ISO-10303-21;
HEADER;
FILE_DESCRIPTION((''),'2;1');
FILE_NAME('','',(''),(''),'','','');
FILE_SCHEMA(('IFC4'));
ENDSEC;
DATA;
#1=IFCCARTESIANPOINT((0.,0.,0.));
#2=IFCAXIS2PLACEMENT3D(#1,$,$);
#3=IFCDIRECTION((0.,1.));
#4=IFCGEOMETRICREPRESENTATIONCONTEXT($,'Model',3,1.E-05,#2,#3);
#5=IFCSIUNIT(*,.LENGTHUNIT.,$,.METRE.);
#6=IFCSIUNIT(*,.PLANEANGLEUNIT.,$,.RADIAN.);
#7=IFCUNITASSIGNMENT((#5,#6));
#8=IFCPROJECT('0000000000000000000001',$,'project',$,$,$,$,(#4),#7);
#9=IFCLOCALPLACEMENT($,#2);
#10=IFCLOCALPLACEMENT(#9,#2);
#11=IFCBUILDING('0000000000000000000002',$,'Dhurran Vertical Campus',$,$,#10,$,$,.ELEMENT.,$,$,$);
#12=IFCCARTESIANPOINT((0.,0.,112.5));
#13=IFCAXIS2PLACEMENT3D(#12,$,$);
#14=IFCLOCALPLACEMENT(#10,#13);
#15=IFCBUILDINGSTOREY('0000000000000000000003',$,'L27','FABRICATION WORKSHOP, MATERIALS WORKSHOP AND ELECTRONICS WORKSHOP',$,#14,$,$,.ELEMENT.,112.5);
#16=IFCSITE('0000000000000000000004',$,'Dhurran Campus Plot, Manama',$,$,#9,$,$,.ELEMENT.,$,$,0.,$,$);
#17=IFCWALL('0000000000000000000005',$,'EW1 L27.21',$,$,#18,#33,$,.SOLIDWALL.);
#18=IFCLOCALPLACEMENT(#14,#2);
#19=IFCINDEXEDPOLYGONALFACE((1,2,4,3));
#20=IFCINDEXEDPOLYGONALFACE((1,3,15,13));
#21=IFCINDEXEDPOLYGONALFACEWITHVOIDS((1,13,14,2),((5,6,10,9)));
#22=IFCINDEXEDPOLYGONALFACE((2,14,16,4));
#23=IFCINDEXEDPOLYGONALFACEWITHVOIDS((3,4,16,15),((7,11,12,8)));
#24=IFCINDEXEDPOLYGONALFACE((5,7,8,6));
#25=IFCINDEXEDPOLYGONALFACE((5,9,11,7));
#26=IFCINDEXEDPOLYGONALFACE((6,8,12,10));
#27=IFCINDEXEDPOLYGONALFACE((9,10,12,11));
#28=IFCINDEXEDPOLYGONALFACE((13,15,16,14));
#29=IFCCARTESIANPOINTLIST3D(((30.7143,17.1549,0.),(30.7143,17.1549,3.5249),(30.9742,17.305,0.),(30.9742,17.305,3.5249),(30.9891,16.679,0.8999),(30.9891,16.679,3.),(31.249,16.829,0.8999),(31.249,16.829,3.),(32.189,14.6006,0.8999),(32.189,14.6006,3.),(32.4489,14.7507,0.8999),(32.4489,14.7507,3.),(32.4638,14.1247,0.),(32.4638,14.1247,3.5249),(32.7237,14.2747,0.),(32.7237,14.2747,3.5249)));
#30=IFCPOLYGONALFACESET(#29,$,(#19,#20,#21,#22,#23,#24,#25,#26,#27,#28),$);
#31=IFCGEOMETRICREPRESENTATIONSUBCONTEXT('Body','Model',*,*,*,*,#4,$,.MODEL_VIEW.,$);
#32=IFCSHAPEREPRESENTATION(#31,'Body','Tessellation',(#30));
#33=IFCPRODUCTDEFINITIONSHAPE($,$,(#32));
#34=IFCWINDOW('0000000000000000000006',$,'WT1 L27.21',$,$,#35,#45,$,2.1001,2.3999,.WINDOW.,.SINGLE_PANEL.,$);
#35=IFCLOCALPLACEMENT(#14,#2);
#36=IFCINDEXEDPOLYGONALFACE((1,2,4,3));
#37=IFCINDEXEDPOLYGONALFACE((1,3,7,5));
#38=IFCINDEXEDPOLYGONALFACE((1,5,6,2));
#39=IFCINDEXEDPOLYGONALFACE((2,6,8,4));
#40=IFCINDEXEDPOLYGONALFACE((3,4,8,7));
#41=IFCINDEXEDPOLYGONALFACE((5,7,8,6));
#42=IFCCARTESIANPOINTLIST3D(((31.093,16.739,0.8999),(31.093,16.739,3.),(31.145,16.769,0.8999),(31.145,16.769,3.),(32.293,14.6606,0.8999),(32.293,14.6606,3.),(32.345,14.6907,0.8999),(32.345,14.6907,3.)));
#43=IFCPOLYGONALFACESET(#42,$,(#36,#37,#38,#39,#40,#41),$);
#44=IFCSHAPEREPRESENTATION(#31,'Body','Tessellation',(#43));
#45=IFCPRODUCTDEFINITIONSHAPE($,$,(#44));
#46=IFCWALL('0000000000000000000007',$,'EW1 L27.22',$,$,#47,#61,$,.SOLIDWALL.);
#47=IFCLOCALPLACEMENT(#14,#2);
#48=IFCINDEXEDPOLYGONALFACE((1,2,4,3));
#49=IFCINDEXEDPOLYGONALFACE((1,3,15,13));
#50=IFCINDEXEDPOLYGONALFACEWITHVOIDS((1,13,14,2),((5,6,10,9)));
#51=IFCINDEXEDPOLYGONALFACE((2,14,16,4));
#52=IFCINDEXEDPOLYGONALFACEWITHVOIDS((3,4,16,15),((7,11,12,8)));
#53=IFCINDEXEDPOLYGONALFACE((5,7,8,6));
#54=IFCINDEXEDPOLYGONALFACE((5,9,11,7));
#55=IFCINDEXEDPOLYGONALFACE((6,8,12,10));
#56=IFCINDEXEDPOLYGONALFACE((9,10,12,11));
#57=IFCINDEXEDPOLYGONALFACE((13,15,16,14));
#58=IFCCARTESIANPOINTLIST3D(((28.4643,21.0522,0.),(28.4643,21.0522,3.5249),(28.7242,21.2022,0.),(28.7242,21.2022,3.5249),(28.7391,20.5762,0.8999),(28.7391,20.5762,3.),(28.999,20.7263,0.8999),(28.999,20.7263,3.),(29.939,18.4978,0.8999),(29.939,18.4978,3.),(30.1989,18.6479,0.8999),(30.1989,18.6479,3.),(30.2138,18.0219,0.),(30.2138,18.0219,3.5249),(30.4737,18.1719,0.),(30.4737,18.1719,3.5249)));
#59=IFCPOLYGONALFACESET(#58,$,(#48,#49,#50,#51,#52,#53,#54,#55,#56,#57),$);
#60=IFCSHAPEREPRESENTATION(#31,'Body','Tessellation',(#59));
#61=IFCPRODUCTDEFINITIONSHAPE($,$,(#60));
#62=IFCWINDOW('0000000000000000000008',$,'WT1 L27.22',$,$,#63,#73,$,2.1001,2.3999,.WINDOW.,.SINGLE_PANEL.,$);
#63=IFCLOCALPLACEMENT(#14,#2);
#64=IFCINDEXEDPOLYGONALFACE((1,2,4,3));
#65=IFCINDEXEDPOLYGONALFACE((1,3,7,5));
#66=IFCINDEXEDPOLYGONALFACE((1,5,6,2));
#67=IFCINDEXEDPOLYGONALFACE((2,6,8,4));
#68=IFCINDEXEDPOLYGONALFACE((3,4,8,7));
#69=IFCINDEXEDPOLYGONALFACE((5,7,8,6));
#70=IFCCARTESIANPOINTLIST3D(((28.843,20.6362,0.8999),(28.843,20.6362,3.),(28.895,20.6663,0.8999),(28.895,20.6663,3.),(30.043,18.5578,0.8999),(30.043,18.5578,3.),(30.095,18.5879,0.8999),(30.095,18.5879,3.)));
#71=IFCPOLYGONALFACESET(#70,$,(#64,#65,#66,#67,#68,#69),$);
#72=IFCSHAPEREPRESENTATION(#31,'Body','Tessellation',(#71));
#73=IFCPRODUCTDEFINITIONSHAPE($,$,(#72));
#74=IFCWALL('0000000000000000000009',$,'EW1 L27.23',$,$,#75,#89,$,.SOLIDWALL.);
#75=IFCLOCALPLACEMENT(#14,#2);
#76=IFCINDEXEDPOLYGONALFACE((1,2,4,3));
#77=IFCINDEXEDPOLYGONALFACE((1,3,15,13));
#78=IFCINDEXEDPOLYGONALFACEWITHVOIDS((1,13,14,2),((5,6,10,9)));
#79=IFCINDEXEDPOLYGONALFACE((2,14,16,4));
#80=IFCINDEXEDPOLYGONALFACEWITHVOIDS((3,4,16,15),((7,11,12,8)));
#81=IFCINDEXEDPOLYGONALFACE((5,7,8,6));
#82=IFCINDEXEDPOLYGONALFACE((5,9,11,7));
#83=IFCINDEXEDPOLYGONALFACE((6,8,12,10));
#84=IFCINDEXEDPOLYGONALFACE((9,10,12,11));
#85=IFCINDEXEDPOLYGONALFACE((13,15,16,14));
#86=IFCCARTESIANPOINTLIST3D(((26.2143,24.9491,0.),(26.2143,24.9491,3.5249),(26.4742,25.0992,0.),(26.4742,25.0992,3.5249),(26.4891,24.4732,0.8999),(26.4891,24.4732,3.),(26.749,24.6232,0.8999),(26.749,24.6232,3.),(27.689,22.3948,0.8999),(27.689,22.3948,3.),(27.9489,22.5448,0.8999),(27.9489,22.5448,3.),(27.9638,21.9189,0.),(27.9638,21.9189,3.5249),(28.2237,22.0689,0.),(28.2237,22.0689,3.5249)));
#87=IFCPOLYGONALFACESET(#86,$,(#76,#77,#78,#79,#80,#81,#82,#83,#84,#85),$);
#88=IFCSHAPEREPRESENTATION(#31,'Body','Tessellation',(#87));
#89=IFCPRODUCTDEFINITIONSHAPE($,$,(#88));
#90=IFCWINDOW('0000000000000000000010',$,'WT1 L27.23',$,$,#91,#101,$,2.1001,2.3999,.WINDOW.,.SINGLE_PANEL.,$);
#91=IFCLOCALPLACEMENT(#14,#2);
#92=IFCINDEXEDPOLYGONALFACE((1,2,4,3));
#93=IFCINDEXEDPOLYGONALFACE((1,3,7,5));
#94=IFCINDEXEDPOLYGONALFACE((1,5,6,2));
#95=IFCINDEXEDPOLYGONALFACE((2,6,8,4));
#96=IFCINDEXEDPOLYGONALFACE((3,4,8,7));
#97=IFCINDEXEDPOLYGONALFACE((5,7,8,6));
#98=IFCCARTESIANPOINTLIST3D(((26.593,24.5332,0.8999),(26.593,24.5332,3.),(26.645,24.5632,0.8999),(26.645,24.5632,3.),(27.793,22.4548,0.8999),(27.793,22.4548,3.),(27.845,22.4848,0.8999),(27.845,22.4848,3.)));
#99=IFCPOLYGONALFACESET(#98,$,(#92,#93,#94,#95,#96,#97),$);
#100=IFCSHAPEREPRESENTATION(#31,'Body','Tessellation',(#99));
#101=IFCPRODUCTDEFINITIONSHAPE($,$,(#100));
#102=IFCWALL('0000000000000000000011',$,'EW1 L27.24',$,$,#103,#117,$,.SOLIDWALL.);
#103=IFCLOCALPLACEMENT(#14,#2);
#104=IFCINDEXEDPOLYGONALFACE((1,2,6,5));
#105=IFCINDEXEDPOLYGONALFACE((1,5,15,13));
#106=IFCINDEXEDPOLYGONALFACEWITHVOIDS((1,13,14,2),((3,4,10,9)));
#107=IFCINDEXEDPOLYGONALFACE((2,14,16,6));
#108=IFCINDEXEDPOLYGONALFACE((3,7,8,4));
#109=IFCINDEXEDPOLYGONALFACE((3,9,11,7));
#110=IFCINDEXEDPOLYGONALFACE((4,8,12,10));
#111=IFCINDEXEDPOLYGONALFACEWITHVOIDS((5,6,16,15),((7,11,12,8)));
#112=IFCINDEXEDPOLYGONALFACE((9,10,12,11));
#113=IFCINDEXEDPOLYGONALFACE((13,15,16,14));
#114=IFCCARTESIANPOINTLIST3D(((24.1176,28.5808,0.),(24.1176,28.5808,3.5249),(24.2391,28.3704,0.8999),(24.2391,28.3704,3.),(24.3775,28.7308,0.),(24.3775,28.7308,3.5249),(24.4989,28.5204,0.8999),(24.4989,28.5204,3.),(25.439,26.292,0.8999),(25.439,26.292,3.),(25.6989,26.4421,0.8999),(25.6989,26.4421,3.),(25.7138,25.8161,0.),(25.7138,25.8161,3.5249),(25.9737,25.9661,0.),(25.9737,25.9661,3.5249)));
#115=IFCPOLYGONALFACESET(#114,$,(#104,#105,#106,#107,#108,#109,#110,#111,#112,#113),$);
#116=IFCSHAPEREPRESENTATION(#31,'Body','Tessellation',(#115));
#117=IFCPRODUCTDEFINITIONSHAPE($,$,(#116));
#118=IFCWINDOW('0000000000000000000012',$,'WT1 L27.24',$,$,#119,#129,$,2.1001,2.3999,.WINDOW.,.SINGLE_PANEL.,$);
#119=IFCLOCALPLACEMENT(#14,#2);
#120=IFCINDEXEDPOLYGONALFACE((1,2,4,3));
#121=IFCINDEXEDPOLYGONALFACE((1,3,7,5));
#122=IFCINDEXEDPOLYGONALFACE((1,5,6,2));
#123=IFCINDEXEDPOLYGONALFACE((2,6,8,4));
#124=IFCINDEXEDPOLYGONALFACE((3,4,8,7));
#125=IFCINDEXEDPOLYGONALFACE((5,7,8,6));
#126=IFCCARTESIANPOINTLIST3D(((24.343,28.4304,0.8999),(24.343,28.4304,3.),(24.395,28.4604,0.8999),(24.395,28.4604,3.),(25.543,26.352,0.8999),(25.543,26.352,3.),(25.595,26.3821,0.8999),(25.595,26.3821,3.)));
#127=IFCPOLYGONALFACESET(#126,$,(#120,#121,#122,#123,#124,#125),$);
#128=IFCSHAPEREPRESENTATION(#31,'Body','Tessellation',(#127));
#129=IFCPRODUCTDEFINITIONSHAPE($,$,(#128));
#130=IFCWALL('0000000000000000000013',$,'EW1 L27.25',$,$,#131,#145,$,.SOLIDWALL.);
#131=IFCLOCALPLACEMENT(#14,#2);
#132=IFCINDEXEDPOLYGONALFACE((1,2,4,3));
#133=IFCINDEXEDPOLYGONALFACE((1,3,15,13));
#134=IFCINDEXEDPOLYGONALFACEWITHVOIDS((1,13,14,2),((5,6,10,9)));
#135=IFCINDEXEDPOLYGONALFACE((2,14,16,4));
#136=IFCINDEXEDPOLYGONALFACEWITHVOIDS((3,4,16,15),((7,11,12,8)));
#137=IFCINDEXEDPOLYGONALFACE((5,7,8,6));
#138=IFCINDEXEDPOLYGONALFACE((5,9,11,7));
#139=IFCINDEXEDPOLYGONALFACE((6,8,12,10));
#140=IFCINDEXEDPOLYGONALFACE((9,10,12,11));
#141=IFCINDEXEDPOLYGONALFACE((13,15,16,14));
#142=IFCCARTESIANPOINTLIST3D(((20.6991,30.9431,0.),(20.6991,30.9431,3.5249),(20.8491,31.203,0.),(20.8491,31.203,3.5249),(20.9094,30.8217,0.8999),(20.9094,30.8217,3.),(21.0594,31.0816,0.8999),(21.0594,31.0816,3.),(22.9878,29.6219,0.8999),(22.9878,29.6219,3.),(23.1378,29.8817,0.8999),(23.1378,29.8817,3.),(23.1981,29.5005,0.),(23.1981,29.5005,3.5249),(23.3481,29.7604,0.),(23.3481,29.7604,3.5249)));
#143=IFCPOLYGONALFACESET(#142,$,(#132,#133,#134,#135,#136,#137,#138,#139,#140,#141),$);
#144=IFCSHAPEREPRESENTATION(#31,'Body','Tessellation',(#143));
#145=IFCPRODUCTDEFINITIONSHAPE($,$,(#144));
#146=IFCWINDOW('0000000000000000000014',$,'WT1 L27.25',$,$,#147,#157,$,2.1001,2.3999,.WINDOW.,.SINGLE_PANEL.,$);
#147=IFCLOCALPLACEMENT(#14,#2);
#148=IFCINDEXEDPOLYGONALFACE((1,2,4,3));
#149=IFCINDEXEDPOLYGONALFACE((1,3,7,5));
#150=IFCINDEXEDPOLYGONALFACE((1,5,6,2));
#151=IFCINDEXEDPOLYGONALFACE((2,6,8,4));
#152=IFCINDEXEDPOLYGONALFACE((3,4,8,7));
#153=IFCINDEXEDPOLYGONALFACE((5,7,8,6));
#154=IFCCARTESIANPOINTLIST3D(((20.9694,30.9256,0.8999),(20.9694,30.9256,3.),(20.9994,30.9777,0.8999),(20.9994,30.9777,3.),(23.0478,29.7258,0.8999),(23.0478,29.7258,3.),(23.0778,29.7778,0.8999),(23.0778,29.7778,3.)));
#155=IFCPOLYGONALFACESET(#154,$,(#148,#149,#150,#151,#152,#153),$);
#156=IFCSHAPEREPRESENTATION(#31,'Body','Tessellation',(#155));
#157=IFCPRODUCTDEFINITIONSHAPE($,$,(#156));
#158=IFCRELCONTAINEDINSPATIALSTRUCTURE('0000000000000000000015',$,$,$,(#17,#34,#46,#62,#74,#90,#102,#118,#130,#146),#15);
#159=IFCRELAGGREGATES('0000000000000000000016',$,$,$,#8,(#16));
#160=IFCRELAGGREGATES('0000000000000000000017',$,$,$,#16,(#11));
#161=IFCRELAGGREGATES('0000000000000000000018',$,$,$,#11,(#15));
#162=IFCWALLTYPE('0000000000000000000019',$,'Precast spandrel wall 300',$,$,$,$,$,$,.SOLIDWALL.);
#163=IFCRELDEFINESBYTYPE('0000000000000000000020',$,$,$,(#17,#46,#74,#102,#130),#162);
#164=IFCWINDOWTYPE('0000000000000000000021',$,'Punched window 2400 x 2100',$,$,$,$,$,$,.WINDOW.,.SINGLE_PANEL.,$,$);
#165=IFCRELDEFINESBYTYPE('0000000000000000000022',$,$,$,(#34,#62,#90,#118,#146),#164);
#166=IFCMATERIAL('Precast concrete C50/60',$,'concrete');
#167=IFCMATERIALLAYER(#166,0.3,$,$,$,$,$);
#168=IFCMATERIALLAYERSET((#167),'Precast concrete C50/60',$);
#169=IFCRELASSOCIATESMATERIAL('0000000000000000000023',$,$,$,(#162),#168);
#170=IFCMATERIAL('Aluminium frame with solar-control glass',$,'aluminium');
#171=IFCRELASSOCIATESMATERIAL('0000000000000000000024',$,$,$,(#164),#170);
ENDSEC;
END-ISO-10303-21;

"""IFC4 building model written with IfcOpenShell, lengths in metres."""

from ifc_helpers import new_model, si_unit, direction, frame, frame_2d, origin, place, context, subcontext, project, spatial, rectangle, extrude, material, layer, layer_set, type_object, element, fill, save


model = new_model("IFC4")

# Units and contexts
model_context = context("Model", 3, precision=1e-05, world=origin(), true_north=direction((0.0, 1.0)))
body_context = subcontext(model_context, "Body", "Model", "MODEL_VIEW")
ifc_project = project(units=[si_unit("LENGTHUNIT", "METRE"), si_unit("PLANEANGLEUNIT", "RADIAN")], contexts=[model_context])

# Site, building, storey
site_placement = place(None, origin())
site = spatial("IfcSite", under=ifc_project, at=site_placement, Name="Dhurran Campus Plot, Manama", CompositionType="ELEMENT", RefElevation=0.0)
building_placement = place(site_placement, origin())
building = spatial("IfcBuilding", under=site, at=building_placement, Name="Dhurran Vertical Campus", CompositionType="ELEMENT")
storey_placement = place(building_placement, frame((0.0, 0.0, 112.5)))
storey = spatial("IfcBuildingStorey", under=building, at=storey_placement, Name="L27", Description="FABRICATION WORKSHOP, MATERIALS WORKSHOP AND ELECTRONICS WORKSHOP", CompositionType="ELEMENT", Elevation=112.5)

# Walls, openings, windows
ifc_material_1 = material(Name="Precast concrete C50/60", Category="concrete")
ifc_layer_1 = layer(ifc_material_1, 0.3)
ifc_layer_set_1 = layer_set([ifc_layer_1], Name="Precast concrete C50/60")
wall_type_1 = type_object("IfcWallType", Name="Precast spandrel wall 300", PredefinedType="SOLIDWALL", material=ifc_layer_set_1)
wall_1_placement = place(storey_placement, frame((32.5938, 14.1997, 0.0), z_axis=(0.0, 0.0, 1.0), x_axis=(-0.499996, 0.866028, 0.0)))
wall_1 = element("IfcWall", 1, at=wall_1_placement, inside=storey, type_object=wall_type_1, Name="EW1 L27.21", PredefinedType="SOLIDWALL", context=body_context, shape_type="SweptSolid", body=[
    extrude(rectangle(XDim=3.499, YDim=0.3, at=frame_2d((1.7495, 0.0))), origin(), (0.0, 0.0, 1.0), 3.5249),
])
opening_1_placement = place(wall_1_placement, frame((0.5496, 0.0, 0.8999)))
opening_1 = element("IfcOpeningElement", 2, at=opening_1_placement, cuts=wall_1, PredefinedType="OPENING", context=body_context, shape_type="SweptSolid", body=[
    extrude(rectangle(XDim=2.3999, YDim=2.1001, at=frame_2d((1.2, 1.05))), frame((0.0, 0.1599, 0.0), z_axis=(0.0, -1.0, 0.0), x_axis=(1.0, 0.0, 0.0)), (0.0, 0.0, 1.0), 0.3201),
])
ifc_material_2 = material(Name="Aluminium frame with solar-control glass", Category="aluminium")
window_type = type_object("IfcWindowType", Name="Punched window 2400 x 2100", PartitioningType="SINGLE_PANEL", PredefinedType="WINDOW", material=ifc_material_2)
window_1_placement = place(opening_1_placement, origin())
window_1 = element("IfcWindow", 3, at=window_1_placement, inside=storey, type_object=window_type, Name="WT1 L27.21", OverallHeight=2.1001, OverallWidth=2.3999, PartitioningType="SINGLE_PANEL", PredefinedType="WINDOW", context=body_context, shape_type="SweptSolid", body=[
    extrude(rectangle(XDim=2.3999, YDim=2.1001, at=frame_2d((1.2, 1.05))), frame((0.0, 0.03, 0.0), z_axis=(0.0, -1.0, 0.0), x_axis=(1.0, 0.0, 0.0)), (0.0, 0.0, 1.0), 0.0601),
])
fill(opening_1, window_1)
wall_2_placement = place(storey_placement, frame((30.3438, 18.0969, 0.0), z_axis=(0.0, 0.0, 1.0), x_axis=(-0.499996, 0.866028, 0.0)))
wall_2 = element("IfcWall", 4, at=wall_2_placement, inside=storey, type_object=wall_type_1, Name="EW1 L27.22", PredefinedType="SOLIDWALL", context=body_context, shape_type="SweptSolid", body=[
    extrude(rectangle(XDim=3.499, YDim=0.3, at=frame_2d((1.7495, 0.0))), origin(), (0.0, 0.0, 1.0), 3.5249),
])
opening_2_placement = place(wall_2_placement, frame((0.5496, 0.0, 0.8999)))
opening_2 = element("IfcOpeningElement", 5, at=opening_2_placement, cuts=wall_2, PredefinedType="OPENING", context=body_context, shape_type="SweptSolid", body=[
    extrude(rectangle(XDim=2.3999, YDim=2.1001, at=frame_2d((1.2, 1.05))), frame((0.0, 0.1599, 0.0), z_axis=(0.0, -1.0, 0.0), x_axis=(1.0, 0.0, 0.0)), (0.0, 0.0, 1.0), 0.3201),
])
window_2_placement = place(opening_2_placement, origin())
window_2 = element("IfcWindow", 6, at=window_2_placement, inside=storey, type_object=window_type, Name="WT1 L27.22", OverallHeight=2.1001, OverallWidth=2.3999, PartitioningType="SINGLE_PANEL", PredefinedType="WINDOW", context=body_context, shape_type="SweptSolid", body=[
    extrude(rectangle(XDim=2.3999, YDim=2.1001, at=frame_2d((1.2, 1.05))), frame((0.0, 0.03, 0.0), z_axis=(0.0, -1.0, 0.0), x_axis=(1.0, 0.0, 0.0)), (0.0, 0.0, 1.0), 0.0601),
])
fill(opening_2, window_2)
wall_3_placement = place(storey_placement, frame((28.0938, 21.9939, 0.0), z_axis=(0.0, 0.0, 1.0), x_axis=(-0.499996, 0.866028, 0.0)))
wall_3 = element("IfcWall", 7, at=wall_3_placement, inside=storey, type_object=wall_type_1, Name="EW1 L27.23", PredefinedType="SOLIDWALL", context=body_context, shape_type="SweptSolid", body=[
    extrude(rectangle(XDim=3.499, YDim=0.3, at=frame_2d((1.7495, 0.0))), origin(), (0.0, 0.0, 1.0), 3.5249),
])
opening_3_placement = place(wall_3_placement, frame((0.5496, 0.0, 0.8999)))
opening_3 = element("IfcOpeningElement", 8, at=opening_3_placement, cuts=wall_3, PredefinedType="OPENING", context=body_context, shape_type="SweptSolid", body=[
    extrude(rectangle(XDim=2.3999, YDim=2.1001, at=frame_2d((1.2, 1.05))), frame((0.0, 0.1599, 0.0), z_axis=(0.0, -1.0, 0.0), x_axis=(1.0, 0.0, 0.0)), (0.0, 0.0, 1.0), 0.3201),
])
window_3_placement = place(opening_3_placement, origin())
window_3 = element("IfcWindow", 9, at=window_3_placement, inside=storey, type_object=window_type, Name="WT1 L27.23", OverallHeight=2.1001, OverallWidth=2.3999, PartitioningType="SINGLE_PANEL", PredefinedType="WINDOW", context=body_context, shape_type="SweptSolid", body=[
    extrude(rectangle(XDim=2.3999, YDim=2.1001, at=frame_2d((1.2, 1.05))), frame((0.0, 0.03, 0.0), z_axis=(0.0, -1.0, 0.0), x_axis=(1.0, 0.0, 0.0)), (0.0, 0.0, 1.0), 0.0601),
])
fill(opening_3, window_3)
wall_4_placement = place(storey_placement, frame((25.8438, 25.8911, 0.0), z_axis=(0.0, 0.0, 1.0), x_axis=(-0.500005, 0.866023, 0.0)))
wall_4 = element("IfcWall", 10, at=wall_4_placement, inside=storey, type_object=wall_type_1, Name="EW1 L27.24", PredefinedType="SOLIDWALL", context=body_context, shape_type="SweptSolid", body=[
    extrude(rectangle(XDim=3.1924, YDim=0.3, at=frame_2d((1.5962, 0.0))), origin(), (0.0, 0.0, 1.0), 3.5249),
])
opening_4_placement = place(wall_4_placement, frame((0.5496, 0.0, 0.8999)))
opening_4 = element("IfcOpeningElement", 11, at=opening_4_placement, cuts=wall_4, PredefinedType="OPENING", context=body_context, shape_type="SweptSolid", body=[
    extrude(rectangle(XDim=2.3999, YDim=2.1001, at=frame_2d((1.2, 1.05))), frame((0.0, 0.1599, 0.0), z_axis=(0.0, -1.0, 0.0), x_axis=(1.0, 0.0, 0.0)), (0.0, 0.0, 1.0), 0.3201),
])
window_4_placement = place(opening_4_placement, origin())
window_4 = element("IfcWindow", 12, at=window_4_placement, inside=storey, type_object=window_type, Name="WT1 L27.24", OverallHeight=2.1001, OverallWidth=2.3999, PartitioningType="SINGLE_PANEL", PredefinedType="WINDOW", context=body_context, shape_type="SweptSolid", body=[
    extrude(rectangle(XDim=2.3999, YDim=2.1001, at=frame_2d((1.2, 1.05))), frame((0.0, 0.03, 0.0), z_axis=(0.0, -1.0, 0.0), x_axis=(1.0, 0.0, 0.0)), (0.0, 0.0, 1.0), 0.0601),
])
fill(opening_4, window_4)
wall_5_placement = place(storey_placement, frame((23.2732, 29.6304, 0.0), z_axis=(0.0, 0.0, 1.0), x_axis=(-0.866053, 0.499952, 0.0)))
wall_5 = element("IfcWall", 13, at=wall_5_placement, inside=storey, type_object=wall_type_1, Name="EW1 L27.25", PredefinedType="SOLIDWALL", context=body_context, shape_type="SweptSolid", body=[
    extrude(rectangle(XDim=2.8855, YDim=0.3, at=frame_2d((1.4429, 0.0))), origin(), (0.0, 0.0, 1.0), 3.5249),
])
opening_5_placement = place(wall_5_placement, frame((0.2429, 0.0, 0.8999)))
opening_5 = element("IfcOpeningElement", 14, at=opening_5_placement, cuts=wall_5, PredefinedType="OPENING", context=body_context, shape_type="SweptSolid", body=[
    extrude(rectangle(XDim=2.3999, YDim=2.1001, at=frame_2d((1.2, 1.05))), frame((0.0, 0.1599, 0.0), z_axis=(0.0, -1.0, 0.0), x_axis=(1.0, 0.0, 0.0)), (0.0, 0.0, 1.0), 0.3201),
])
window_5_placement = place(opening_5_placement, origin())
window_5 = element("IfcWindow", 15, at=window_5_placement, inside=storey, type_object=window_type, Name="WT1 L27.25", OverallHeight=2.1001, OverallWidth=2.3999, PartitioningType="SINGLE_PANEL", PredefinedType="WINDOW", context=body_context, shape_type="SweptSolid", body=[
    extrude(rectangle(XDim=2.3999, YDim=2.1001, at=frame_2d((1.2, 1.05))), frame((0.0, 0.03, 0.0), z_axis=(0.0, -1.0, 0.0), x_axis=(1.0, 0.0, 0.0)), (0.0, 0.0, 1.0), 0.0601),
])
fill(opening_5, window_5)

save(model, "model.ifc")
